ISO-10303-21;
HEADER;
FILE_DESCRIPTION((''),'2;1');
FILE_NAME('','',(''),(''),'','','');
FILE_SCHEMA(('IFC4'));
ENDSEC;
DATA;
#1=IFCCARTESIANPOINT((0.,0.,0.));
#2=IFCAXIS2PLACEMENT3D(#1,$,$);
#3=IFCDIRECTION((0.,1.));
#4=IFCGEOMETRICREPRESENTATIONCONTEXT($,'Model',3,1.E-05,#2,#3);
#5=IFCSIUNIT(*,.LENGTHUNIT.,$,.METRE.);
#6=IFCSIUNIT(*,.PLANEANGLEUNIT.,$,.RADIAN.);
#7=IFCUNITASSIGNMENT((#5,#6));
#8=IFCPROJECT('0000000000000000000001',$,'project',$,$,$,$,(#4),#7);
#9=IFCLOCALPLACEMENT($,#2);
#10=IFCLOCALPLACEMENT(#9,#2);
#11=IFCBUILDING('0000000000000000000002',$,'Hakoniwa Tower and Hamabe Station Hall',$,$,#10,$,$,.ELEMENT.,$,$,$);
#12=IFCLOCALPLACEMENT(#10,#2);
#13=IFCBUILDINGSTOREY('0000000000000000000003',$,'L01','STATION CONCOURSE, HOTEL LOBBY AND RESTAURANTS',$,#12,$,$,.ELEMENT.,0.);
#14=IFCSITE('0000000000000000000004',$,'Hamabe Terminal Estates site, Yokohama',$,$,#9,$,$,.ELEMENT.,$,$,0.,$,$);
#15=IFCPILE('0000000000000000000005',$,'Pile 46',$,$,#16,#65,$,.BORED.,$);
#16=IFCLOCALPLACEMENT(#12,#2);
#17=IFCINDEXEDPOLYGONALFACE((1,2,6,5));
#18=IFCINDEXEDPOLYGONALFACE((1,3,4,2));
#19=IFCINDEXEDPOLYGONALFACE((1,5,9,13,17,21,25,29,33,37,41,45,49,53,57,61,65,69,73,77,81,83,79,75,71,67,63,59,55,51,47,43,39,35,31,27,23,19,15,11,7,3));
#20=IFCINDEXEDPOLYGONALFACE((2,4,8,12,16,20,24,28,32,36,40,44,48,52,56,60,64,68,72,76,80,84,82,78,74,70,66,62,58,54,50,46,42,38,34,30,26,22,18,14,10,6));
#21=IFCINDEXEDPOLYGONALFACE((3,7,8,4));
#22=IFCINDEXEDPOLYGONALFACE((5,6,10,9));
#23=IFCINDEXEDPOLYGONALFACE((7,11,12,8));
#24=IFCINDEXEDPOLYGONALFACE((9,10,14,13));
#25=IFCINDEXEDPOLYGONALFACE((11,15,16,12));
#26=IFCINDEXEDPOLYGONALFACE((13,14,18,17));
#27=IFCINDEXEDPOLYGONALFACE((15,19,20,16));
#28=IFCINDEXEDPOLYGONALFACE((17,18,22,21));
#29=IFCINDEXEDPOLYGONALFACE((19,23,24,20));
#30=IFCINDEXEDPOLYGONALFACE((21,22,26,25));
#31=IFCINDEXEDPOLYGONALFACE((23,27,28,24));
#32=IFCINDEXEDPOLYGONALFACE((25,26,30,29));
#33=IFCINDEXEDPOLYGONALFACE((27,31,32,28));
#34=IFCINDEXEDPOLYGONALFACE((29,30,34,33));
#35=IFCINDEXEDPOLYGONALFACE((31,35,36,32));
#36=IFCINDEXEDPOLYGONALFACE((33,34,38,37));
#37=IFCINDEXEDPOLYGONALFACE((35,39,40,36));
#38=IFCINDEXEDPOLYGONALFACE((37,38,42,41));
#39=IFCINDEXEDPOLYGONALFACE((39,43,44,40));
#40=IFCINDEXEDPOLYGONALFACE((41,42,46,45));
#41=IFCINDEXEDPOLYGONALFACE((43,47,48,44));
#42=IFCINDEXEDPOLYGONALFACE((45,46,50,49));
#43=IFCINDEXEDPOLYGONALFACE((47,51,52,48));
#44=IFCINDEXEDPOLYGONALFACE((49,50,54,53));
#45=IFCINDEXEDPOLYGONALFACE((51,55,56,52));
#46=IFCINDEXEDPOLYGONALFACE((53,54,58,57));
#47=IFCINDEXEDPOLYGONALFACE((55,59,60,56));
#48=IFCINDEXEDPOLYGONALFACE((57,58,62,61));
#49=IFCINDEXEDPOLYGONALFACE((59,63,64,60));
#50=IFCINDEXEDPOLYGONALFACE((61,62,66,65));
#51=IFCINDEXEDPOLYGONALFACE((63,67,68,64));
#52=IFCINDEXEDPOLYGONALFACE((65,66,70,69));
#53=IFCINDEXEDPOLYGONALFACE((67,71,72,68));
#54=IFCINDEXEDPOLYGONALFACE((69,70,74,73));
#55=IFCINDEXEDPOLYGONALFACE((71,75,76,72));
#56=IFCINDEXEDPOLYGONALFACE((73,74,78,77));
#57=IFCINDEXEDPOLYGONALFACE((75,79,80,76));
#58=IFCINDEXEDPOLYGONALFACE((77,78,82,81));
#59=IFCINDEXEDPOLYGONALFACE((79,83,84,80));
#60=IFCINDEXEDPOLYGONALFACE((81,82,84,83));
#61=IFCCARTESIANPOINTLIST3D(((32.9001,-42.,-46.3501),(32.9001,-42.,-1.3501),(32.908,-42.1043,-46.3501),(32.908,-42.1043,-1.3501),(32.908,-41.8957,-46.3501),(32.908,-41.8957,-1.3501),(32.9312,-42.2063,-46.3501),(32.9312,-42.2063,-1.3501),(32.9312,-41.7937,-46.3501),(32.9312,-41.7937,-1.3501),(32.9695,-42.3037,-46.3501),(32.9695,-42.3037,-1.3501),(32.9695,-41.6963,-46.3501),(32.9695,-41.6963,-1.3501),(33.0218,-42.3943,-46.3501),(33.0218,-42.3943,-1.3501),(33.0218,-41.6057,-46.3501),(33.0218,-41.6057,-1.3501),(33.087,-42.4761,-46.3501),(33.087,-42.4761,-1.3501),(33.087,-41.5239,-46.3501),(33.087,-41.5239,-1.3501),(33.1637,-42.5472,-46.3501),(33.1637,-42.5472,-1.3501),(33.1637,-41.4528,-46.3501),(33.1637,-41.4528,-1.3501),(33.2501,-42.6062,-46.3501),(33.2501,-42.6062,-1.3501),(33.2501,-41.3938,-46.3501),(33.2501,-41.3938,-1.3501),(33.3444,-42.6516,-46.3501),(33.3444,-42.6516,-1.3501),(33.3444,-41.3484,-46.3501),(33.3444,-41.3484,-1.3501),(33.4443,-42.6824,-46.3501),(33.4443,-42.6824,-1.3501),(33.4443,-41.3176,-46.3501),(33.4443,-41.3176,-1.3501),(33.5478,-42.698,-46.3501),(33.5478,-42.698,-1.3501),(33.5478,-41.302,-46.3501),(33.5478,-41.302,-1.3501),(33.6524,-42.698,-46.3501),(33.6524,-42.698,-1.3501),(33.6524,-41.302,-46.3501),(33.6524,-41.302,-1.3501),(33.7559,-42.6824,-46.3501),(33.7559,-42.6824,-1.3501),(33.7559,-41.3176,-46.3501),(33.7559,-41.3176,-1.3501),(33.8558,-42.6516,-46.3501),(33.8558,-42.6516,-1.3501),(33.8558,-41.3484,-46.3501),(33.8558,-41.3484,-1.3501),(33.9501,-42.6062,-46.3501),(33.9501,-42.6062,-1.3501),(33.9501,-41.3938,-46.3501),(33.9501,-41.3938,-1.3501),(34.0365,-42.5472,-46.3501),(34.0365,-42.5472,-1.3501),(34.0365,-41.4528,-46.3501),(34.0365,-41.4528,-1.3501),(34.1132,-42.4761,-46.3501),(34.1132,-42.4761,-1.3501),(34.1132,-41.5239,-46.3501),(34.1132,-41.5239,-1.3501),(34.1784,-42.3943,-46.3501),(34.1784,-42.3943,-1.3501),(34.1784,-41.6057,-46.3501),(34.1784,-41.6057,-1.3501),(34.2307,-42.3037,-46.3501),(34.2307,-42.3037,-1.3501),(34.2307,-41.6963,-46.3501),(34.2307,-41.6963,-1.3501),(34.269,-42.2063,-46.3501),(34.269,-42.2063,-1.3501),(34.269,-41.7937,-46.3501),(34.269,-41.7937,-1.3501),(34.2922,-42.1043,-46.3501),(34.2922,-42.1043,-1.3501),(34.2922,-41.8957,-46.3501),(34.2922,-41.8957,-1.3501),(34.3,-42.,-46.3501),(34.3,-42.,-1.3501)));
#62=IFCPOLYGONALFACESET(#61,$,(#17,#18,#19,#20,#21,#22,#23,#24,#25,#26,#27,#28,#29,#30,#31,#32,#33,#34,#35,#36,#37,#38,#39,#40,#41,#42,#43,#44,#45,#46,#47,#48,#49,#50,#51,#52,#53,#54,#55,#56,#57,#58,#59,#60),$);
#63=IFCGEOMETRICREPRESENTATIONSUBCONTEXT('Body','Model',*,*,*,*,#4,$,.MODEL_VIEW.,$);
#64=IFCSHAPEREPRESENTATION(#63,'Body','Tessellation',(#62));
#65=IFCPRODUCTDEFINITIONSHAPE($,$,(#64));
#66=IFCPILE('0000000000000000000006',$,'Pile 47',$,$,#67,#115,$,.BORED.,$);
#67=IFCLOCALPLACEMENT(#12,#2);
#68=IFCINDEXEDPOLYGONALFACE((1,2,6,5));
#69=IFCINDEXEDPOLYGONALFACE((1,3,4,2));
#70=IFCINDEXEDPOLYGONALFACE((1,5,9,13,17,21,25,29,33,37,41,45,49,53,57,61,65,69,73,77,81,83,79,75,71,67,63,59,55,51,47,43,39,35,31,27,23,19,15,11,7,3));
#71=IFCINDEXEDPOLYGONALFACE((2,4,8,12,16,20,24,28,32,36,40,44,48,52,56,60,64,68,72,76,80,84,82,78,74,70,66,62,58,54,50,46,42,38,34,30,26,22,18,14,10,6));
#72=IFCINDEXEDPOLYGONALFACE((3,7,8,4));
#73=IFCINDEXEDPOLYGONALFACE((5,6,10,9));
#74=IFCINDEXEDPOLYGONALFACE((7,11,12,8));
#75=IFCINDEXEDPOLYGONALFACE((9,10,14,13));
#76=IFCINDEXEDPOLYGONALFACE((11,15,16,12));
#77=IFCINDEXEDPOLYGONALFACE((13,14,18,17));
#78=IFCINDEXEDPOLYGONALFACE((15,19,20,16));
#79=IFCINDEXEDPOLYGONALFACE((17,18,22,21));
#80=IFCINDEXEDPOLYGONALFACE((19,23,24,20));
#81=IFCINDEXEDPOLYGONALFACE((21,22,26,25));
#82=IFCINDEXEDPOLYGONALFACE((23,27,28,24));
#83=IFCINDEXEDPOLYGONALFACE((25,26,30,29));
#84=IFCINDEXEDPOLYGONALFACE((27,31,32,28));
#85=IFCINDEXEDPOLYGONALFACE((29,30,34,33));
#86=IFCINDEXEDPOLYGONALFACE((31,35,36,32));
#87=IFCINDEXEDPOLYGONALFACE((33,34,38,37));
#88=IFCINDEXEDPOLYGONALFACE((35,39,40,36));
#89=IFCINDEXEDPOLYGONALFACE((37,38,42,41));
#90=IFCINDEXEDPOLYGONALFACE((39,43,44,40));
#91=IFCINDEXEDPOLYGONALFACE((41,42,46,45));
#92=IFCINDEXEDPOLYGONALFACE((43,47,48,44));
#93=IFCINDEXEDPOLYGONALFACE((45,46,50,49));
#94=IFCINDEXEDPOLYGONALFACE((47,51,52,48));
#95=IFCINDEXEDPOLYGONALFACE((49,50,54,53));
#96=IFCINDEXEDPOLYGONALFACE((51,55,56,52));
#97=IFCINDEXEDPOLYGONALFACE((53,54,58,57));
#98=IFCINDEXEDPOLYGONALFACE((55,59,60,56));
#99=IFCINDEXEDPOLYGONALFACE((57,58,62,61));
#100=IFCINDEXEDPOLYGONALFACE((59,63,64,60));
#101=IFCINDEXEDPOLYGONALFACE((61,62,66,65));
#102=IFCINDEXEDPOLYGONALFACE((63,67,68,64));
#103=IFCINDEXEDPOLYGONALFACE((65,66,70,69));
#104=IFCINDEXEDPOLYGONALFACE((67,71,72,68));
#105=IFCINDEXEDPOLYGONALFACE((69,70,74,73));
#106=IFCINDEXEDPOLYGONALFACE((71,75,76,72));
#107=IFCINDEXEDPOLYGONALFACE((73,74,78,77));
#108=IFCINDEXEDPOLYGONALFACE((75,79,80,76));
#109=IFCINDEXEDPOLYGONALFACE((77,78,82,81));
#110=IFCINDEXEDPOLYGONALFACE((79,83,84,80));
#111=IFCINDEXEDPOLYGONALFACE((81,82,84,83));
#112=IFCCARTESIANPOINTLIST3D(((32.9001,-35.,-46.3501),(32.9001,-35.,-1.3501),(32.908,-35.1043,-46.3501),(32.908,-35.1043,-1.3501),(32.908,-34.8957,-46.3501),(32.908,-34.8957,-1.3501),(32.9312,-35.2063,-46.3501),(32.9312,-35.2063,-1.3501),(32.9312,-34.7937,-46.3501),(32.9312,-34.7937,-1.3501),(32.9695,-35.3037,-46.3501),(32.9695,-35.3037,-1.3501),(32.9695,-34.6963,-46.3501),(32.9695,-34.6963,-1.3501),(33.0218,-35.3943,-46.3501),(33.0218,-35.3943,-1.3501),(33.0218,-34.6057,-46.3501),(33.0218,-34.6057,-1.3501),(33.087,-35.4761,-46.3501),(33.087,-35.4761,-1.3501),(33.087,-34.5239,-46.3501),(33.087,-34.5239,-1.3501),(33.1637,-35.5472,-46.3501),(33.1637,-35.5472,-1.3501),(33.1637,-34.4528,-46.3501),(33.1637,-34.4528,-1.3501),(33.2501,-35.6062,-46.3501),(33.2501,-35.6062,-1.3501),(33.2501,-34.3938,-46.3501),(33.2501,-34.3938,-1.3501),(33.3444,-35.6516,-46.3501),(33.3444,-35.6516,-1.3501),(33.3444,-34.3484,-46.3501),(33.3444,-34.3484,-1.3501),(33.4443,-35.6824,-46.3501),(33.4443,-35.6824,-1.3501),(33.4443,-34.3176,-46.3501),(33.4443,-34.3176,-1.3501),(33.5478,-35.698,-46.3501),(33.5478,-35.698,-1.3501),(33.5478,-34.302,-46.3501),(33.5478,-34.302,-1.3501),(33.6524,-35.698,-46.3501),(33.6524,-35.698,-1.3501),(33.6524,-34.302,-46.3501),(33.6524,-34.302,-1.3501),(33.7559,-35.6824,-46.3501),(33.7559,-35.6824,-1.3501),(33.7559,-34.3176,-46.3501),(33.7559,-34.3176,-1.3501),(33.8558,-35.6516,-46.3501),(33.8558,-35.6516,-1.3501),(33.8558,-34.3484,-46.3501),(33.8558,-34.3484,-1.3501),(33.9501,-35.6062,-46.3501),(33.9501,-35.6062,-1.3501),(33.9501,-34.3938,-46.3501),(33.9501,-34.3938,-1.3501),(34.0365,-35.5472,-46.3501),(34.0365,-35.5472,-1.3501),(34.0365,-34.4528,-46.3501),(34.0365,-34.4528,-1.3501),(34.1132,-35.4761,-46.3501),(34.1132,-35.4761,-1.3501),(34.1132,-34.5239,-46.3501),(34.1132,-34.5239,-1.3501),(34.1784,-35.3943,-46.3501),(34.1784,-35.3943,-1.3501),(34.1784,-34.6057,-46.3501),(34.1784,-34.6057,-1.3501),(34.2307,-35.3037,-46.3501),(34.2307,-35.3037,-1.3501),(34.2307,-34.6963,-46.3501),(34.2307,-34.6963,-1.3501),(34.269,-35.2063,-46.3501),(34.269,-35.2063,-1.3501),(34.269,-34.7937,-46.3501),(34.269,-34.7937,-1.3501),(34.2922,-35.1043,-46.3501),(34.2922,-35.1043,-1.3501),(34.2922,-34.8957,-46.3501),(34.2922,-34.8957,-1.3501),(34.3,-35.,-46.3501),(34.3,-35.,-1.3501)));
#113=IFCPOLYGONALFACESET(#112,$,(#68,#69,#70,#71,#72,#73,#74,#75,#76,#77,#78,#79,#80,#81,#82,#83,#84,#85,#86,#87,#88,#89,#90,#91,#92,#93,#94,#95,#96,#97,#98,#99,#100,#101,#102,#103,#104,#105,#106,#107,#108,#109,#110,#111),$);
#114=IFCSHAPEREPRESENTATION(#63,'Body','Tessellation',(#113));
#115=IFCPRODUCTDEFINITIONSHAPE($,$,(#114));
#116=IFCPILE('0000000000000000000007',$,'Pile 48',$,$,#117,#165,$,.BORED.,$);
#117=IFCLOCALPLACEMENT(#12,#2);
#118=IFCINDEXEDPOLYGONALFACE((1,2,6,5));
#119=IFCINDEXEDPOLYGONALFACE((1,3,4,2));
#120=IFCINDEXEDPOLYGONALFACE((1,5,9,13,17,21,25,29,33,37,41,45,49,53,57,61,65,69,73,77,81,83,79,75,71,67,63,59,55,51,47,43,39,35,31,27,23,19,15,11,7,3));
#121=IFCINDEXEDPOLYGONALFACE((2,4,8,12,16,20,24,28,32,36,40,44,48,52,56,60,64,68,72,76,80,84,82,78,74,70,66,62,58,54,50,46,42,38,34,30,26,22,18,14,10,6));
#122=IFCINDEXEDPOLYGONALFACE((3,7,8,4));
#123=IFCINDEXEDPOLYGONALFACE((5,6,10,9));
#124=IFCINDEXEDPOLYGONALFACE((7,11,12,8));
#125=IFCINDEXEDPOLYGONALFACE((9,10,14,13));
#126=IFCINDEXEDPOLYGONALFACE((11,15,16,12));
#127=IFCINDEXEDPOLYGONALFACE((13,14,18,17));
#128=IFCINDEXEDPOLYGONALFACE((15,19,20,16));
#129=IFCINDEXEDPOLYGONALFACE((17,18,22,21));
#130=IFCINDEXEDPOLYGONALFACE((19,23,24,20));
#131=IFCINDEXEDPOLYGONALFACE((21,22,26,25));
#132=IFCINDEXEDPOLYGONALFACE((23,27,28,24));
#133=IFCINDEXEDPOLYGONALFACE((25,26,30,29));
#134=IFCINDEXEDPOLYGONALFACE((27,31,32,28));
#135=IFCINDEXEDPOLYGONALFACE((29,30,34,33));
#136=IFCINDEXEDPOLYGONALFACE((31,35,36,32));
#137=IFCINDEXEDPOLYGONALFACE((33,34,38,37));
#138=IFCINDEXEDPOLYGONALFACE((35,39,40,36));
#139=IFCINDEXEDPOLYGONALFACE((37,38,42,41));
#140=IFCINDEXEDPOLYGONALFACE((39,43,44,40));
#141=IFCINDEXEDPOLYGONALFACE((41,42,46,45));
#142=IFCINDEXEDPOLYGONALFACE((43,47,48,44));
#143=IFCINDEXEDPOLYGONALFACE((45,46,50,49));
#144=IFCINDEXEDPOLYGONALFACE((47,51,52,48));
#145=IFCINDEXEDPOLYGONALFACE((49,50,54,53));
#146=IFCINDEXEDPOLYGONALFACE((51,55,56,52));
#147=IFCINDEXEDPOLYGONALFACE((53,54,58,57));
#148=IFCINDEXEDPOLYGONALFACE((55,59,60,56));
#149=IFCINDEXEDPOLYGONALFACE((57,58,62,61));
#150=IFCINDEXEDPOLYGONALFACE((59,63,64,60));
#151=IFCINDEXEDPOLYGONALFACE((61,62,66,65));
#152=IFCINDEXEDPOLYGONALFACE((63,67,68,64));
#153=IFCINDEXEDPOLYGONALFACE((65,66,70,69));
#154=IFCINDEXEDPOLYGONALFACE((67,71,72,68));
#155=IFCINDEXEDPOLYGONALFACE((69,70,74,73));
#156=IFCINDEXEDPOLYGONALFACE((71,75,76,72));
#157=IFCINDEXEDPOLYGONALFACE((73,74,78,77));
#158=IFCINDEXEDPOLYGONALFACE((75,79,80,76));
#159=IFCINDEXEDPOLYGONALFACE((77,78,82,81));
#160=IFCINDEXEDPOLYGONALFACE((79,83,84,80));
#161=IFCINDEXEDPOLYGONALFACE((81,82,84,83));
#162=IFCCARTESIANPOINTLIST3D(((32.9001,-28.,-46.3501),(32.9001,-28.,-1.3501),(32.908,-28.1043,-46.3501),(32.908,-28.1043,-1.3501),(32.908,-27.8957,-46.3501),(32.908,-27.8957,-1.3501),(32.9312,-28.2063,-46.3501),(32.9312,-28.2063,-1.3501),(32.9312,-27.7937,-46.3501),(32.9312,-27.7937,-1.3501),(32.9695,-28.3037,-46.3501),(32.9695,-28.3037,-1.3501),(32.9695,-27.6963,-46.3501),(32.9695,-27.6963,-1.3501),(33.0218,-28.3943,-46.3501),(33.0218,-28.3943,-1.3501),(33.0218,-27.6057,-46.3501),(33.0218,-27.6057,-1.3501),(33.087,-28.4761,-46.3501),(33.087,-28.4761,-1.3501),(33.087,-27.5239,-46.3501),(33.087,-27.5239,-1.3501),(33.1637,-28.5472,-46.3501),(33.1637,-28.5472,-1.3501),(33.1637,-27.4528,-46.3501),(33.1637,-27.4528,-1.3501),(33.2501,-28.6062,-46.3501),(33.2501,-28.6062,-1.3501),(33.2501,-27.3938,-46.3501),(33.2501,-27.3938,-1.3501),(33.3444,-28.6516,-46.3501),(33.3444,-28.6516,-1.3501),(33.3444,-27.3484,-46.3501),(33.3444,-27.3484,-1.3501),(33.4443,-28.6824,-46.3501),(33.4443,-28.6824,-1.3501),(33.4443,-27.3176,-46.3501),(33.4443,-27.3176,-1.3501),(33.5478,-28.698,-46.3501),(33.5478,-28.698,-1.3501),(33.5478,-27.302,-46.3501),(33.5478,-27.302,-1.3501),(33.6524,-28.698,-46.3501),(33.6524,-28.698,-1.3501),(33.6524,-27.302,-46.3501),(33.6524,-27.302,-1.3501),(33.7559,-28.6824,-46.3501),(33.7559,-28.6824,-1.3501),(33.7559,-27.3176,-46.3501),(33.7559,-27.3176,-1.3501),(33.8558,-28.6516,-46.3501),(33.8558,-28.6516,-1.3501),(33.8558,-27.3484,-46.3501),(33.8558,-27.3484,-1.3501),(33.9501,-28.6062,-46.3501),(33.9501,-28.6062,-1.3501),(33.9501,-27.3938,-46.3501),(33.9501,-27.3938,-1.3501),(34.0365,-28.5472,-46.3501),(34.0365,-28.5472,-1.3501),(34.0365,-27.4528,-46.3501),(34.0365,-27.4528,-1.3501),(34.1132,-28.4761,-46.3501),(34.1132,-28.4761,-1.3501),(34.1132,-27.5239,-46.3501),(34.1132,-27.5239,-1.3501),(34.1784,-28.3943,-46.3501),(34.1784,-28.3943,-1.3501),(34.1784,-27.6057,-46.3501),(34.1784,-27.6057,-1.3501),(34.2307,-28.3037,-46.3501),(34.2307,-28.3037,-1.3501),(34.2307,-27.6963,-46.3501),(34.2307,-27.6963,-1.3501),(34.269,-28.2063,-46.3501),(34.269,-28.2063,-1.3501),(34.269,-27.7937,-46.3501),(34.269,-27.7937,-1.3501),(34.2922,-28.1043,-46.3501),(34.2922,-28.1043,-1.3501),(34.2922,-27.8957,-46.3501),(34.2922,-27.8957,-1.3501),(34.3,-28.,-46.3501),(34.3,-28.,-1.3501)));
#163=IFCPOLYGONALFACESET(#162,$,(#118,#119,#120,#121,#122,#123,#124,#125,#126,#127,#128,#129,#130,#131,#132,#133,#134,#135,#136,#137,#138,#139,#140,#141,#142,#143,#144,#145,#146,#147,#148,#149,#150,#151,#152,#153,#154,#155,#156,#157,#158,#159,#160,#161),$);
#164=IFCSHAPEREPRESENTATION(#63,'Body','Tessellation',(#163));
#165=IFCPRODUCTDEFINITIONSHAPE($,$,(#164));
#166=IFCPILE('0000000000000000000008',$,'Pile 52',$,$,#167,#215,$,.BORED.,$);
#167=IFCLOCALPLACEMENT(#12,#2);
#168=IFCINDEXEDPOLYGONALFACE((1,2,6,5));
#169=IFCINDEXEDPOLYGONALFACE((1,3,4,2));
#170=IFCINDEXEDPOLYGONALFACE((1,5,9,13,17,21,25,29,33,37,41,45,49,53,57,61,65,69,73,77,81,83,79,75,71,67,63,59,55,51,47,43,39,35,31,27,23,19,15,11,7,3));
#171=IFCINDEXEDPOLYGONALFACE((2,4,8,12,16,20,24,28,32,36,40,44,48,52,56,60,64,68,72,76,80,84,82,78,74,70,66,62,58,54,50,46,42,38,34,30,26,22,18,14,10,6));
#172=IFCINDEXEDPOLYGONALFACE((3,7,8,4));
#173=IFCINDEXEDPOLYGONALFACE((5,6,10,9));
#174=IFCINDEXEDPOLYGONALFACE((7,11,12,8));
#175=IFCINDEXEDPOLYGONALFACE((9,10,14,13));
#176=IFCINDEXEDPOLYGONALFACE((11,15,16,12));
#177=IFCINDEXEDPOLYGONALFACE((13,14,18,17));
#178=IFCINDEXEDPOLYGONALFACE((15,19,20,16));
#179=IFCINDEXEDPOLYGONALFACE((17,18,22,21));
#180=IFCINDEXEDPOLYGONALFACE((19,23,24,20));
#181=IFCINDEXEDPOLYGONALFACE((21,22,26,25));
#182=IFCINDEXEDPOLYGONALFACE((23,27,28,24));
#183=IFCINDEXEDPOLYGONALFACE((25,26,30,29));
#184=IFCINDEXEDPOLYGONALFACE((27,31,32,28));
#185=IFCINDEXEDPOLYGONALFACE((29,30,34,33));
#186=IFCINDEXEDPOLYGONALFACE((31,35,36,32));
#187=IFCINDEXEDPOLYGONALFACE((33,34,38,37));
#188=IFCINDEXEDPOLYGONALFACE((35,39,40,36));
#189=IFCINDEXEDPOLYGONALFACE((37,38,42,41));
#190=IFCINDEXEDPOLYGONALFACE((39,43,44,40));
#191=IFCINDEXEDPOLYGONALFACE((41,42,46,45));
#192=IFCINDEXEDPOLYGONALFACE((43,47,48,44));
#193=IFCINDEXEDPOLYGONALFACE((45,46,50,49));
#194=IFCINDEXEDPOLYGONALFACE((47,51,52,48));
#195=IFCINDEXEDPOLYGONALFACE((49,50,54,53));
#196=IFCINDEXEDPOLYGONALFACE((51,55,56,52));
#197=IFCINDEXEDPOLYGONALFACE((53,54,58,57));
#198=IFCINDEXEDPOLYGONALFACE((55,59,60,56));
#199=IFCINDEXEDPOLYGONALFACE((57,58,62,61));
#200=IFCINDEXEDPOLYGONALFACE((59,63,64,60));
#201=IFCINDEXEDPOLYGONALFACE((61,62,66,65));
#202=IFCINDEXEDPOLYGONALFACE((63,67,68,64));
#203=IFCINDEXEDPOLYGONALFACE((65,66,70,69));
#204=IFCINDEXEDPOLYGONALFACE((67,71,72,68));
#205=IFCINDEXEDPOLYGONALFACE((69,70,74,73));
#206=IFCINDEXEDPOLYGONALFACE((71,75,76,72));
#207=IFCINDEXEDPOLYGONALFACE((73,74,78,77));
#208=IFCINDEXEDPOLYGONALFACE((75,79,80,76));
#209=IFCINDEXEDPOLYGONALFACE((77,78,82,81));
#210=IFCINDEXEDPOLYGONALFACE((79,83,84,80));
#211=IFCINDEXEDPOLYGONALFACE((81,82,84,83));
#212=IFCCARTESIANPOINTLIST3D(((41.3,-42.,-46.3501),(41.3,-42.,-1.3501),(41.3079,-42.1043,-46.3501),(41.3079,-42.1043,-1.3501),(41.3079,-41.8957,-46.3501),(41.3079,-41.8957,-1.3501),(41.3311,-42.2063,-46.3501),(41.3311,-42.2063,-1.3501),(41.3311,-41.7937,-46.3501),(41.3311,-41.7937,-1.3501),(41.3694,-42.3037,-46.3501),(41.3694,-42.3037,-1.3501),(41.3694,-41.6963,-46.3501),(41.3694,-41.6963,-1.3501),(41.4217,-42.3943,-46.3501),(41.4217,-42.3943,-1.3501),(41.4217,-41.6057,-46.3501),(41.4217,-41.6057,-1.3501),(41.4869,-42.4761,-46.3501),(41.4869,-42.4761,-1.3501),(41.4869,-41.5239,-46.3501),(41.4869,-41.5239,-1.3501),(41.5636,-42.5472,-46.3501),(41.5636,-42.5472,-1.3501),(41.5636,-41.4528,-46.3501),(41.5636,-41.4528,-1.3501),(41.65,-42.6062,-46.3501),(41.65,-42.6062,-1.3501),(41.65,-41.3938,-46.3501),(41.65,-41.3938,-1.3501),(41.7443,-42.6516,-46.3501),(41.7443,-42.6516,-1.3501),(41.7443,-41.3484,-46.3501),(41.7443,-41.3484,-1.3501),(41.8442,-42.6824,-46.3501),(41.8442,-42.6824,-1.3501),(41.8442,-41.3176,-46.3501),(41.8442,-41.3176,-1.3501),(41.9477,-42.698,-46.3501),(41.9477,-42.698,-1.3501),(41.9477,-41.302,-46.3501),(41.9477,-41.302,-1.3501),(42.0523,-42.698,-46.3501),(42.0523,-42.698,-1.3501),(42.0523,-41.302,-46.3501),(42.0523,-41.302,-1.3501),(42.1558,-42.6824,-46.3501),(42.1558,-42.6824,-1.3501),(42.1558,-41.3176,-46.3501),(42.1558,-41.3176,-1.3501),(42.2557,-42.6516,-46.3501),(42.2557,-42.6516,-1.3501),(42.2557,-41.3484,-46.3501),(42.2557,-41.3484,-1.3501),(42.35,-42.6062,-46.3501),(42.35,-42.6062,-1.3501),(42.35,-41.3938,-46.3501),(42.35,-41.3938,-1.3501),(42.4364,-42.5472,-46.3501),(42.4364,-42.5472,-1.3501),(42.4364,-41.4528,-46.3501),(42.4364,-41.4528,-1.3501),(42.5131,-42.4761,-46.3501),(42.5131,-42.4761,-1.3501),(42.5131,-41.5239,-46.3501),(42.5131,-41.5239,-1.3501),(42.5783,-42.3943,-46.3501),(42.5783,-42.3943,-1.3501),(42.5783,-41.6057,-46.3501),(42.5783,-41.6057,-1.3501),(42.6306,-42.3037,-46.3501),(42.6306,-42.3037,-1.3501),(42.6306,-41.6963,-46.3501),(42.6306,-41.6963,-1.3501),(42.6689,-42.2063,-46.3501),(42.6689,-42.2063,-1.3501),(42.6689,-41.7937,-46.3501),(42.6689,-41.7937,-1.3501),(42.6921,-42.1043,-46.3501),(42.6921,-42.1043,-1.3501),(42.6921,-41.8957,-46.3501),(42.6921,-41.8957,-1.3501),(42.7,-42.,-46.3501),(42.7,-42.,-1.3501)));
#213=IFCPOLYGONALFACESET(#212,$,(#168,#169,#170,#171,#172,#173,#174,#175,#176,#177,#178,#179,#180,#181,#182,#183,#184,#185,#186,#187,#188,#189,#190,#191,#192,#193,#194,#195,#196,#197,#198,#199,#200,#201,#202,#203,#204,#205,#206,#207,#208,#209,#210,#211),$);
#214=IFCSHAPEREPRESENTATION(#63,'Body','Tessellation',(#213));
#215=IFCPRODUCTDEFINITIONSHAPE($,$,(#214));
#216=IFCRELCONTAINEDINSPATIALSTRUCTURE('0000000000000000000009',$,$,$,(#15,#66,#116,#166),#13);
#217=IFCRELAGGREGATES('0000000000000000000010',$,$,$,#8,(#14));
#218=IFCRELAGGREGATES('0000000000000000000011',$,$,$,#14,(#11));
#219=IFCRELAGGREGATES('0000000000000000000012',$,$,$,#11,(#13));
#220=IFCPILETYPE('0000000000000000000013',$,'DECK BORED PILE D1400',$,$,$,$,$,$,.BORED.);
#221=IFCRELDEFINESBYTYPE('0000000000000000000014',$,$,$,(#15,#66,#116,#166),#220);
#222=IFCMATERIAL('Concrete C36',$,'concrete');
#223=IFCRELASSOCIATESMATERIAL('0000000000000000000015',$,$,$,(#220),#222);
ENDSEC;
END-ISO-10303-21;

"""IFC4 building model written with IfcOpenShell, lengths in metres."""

from ifc_helpers import new_model, si_unit, direction, frame, origin, origin_2d, place, context, subcontext, project, spatial, circle, extrude, material, material_profile, profile_set, type_object, element, save


model = new_model("IFC4")

# Units and contexts
model_context = context("Model", 3, precision=1e-05, world=origin(), true_north=direction((0.0, 1.0)))
body_context = subcontext(model_context, "Body", "Model", "MODEL_VIEW")
ifc_project = project(units=[si_unit("LENGTHUNIT", "METRE"), si_unit("PLANEANGLEUNIT", "RADIAN")], contexts=[model_context])

# Site, building, storey
site_placement = place(None, origin())
site = spatial("IfcSite", under=ifc_project, at=site_placement, Name="Hamabe Terminal Estates site, Yokohama", CompositionType="ELEMENT", RefElevation=0.0)
building_placement = place(site_placement, origin())
building = spatial("IfcBuilding", under=site, at=building_placement, Name="Hakoniwa Tower and Hamabe Station Hall", CompositionType="ELEMENT")
storey_placement = place(building_placement, origin())
storey = spatial("IfcBuildingStorey", under=building, at=storey_placement, Name="L01", Description="STATION CONCOURSE, HOTEL LOBBY AND RESTAURANTS", CompositionType="ELEMENT", Elevation=0.0)

# Piles
ifc_material_1 = material(Name="Concrete C36", Category="concrete")
ifc_material_profile_1 = material_profile(ifc_material_1, circle(Radius=0.7, at=origin_2d()), Name="DECK BORED PILE D1400")
ifc_profile_set_1 = profile_set([ifc_material_profile_1], Name="Concrete C36")
pile_type_1 = type_object("IfcPileType", Name="DECK BORED PILE D1400", PredefinedType="BORED", material=ifc_profile_set_1)
for number, where, z_axis, x_axis, name in (
    (1, (33.6001, -42.0, -1.3501), (0.0, 0.0, -1.0), (1.0, 0.0, 0.0), "Pile 46"),
    (2, (33.6001, -35.0, -1.3501), (0.0, 0.0, -1.0), (1.0, 0.0, 0.0), "Pile 47"),
    (3, (33.6001, -28.0, -1.3501), (0.0, 0.0, -1.0), (1.0, 0.0, 0.0), "Pile 48"),
    (4, (42.0, -42.0, -1.3501), (0.0, 0.0, -1.0), (1.0, 0.0, 0.0), "Pile 52"),
):
    element("IfcPile", number, at=place(storey_placement, frame(where, z_axis=z_axis, x_axis=x_axis)), inside=storey, type_object=pile_type_1, Name=name, PredefinedType="BORED", context=body_context, shape_type="SweptSolid", body=[
        extrude(circle(Radius=0.7, at=origin_2d()), origin(), (0.0, 0.0, 1.0), 45.0),
    ])

save(model, "model.ifc")
